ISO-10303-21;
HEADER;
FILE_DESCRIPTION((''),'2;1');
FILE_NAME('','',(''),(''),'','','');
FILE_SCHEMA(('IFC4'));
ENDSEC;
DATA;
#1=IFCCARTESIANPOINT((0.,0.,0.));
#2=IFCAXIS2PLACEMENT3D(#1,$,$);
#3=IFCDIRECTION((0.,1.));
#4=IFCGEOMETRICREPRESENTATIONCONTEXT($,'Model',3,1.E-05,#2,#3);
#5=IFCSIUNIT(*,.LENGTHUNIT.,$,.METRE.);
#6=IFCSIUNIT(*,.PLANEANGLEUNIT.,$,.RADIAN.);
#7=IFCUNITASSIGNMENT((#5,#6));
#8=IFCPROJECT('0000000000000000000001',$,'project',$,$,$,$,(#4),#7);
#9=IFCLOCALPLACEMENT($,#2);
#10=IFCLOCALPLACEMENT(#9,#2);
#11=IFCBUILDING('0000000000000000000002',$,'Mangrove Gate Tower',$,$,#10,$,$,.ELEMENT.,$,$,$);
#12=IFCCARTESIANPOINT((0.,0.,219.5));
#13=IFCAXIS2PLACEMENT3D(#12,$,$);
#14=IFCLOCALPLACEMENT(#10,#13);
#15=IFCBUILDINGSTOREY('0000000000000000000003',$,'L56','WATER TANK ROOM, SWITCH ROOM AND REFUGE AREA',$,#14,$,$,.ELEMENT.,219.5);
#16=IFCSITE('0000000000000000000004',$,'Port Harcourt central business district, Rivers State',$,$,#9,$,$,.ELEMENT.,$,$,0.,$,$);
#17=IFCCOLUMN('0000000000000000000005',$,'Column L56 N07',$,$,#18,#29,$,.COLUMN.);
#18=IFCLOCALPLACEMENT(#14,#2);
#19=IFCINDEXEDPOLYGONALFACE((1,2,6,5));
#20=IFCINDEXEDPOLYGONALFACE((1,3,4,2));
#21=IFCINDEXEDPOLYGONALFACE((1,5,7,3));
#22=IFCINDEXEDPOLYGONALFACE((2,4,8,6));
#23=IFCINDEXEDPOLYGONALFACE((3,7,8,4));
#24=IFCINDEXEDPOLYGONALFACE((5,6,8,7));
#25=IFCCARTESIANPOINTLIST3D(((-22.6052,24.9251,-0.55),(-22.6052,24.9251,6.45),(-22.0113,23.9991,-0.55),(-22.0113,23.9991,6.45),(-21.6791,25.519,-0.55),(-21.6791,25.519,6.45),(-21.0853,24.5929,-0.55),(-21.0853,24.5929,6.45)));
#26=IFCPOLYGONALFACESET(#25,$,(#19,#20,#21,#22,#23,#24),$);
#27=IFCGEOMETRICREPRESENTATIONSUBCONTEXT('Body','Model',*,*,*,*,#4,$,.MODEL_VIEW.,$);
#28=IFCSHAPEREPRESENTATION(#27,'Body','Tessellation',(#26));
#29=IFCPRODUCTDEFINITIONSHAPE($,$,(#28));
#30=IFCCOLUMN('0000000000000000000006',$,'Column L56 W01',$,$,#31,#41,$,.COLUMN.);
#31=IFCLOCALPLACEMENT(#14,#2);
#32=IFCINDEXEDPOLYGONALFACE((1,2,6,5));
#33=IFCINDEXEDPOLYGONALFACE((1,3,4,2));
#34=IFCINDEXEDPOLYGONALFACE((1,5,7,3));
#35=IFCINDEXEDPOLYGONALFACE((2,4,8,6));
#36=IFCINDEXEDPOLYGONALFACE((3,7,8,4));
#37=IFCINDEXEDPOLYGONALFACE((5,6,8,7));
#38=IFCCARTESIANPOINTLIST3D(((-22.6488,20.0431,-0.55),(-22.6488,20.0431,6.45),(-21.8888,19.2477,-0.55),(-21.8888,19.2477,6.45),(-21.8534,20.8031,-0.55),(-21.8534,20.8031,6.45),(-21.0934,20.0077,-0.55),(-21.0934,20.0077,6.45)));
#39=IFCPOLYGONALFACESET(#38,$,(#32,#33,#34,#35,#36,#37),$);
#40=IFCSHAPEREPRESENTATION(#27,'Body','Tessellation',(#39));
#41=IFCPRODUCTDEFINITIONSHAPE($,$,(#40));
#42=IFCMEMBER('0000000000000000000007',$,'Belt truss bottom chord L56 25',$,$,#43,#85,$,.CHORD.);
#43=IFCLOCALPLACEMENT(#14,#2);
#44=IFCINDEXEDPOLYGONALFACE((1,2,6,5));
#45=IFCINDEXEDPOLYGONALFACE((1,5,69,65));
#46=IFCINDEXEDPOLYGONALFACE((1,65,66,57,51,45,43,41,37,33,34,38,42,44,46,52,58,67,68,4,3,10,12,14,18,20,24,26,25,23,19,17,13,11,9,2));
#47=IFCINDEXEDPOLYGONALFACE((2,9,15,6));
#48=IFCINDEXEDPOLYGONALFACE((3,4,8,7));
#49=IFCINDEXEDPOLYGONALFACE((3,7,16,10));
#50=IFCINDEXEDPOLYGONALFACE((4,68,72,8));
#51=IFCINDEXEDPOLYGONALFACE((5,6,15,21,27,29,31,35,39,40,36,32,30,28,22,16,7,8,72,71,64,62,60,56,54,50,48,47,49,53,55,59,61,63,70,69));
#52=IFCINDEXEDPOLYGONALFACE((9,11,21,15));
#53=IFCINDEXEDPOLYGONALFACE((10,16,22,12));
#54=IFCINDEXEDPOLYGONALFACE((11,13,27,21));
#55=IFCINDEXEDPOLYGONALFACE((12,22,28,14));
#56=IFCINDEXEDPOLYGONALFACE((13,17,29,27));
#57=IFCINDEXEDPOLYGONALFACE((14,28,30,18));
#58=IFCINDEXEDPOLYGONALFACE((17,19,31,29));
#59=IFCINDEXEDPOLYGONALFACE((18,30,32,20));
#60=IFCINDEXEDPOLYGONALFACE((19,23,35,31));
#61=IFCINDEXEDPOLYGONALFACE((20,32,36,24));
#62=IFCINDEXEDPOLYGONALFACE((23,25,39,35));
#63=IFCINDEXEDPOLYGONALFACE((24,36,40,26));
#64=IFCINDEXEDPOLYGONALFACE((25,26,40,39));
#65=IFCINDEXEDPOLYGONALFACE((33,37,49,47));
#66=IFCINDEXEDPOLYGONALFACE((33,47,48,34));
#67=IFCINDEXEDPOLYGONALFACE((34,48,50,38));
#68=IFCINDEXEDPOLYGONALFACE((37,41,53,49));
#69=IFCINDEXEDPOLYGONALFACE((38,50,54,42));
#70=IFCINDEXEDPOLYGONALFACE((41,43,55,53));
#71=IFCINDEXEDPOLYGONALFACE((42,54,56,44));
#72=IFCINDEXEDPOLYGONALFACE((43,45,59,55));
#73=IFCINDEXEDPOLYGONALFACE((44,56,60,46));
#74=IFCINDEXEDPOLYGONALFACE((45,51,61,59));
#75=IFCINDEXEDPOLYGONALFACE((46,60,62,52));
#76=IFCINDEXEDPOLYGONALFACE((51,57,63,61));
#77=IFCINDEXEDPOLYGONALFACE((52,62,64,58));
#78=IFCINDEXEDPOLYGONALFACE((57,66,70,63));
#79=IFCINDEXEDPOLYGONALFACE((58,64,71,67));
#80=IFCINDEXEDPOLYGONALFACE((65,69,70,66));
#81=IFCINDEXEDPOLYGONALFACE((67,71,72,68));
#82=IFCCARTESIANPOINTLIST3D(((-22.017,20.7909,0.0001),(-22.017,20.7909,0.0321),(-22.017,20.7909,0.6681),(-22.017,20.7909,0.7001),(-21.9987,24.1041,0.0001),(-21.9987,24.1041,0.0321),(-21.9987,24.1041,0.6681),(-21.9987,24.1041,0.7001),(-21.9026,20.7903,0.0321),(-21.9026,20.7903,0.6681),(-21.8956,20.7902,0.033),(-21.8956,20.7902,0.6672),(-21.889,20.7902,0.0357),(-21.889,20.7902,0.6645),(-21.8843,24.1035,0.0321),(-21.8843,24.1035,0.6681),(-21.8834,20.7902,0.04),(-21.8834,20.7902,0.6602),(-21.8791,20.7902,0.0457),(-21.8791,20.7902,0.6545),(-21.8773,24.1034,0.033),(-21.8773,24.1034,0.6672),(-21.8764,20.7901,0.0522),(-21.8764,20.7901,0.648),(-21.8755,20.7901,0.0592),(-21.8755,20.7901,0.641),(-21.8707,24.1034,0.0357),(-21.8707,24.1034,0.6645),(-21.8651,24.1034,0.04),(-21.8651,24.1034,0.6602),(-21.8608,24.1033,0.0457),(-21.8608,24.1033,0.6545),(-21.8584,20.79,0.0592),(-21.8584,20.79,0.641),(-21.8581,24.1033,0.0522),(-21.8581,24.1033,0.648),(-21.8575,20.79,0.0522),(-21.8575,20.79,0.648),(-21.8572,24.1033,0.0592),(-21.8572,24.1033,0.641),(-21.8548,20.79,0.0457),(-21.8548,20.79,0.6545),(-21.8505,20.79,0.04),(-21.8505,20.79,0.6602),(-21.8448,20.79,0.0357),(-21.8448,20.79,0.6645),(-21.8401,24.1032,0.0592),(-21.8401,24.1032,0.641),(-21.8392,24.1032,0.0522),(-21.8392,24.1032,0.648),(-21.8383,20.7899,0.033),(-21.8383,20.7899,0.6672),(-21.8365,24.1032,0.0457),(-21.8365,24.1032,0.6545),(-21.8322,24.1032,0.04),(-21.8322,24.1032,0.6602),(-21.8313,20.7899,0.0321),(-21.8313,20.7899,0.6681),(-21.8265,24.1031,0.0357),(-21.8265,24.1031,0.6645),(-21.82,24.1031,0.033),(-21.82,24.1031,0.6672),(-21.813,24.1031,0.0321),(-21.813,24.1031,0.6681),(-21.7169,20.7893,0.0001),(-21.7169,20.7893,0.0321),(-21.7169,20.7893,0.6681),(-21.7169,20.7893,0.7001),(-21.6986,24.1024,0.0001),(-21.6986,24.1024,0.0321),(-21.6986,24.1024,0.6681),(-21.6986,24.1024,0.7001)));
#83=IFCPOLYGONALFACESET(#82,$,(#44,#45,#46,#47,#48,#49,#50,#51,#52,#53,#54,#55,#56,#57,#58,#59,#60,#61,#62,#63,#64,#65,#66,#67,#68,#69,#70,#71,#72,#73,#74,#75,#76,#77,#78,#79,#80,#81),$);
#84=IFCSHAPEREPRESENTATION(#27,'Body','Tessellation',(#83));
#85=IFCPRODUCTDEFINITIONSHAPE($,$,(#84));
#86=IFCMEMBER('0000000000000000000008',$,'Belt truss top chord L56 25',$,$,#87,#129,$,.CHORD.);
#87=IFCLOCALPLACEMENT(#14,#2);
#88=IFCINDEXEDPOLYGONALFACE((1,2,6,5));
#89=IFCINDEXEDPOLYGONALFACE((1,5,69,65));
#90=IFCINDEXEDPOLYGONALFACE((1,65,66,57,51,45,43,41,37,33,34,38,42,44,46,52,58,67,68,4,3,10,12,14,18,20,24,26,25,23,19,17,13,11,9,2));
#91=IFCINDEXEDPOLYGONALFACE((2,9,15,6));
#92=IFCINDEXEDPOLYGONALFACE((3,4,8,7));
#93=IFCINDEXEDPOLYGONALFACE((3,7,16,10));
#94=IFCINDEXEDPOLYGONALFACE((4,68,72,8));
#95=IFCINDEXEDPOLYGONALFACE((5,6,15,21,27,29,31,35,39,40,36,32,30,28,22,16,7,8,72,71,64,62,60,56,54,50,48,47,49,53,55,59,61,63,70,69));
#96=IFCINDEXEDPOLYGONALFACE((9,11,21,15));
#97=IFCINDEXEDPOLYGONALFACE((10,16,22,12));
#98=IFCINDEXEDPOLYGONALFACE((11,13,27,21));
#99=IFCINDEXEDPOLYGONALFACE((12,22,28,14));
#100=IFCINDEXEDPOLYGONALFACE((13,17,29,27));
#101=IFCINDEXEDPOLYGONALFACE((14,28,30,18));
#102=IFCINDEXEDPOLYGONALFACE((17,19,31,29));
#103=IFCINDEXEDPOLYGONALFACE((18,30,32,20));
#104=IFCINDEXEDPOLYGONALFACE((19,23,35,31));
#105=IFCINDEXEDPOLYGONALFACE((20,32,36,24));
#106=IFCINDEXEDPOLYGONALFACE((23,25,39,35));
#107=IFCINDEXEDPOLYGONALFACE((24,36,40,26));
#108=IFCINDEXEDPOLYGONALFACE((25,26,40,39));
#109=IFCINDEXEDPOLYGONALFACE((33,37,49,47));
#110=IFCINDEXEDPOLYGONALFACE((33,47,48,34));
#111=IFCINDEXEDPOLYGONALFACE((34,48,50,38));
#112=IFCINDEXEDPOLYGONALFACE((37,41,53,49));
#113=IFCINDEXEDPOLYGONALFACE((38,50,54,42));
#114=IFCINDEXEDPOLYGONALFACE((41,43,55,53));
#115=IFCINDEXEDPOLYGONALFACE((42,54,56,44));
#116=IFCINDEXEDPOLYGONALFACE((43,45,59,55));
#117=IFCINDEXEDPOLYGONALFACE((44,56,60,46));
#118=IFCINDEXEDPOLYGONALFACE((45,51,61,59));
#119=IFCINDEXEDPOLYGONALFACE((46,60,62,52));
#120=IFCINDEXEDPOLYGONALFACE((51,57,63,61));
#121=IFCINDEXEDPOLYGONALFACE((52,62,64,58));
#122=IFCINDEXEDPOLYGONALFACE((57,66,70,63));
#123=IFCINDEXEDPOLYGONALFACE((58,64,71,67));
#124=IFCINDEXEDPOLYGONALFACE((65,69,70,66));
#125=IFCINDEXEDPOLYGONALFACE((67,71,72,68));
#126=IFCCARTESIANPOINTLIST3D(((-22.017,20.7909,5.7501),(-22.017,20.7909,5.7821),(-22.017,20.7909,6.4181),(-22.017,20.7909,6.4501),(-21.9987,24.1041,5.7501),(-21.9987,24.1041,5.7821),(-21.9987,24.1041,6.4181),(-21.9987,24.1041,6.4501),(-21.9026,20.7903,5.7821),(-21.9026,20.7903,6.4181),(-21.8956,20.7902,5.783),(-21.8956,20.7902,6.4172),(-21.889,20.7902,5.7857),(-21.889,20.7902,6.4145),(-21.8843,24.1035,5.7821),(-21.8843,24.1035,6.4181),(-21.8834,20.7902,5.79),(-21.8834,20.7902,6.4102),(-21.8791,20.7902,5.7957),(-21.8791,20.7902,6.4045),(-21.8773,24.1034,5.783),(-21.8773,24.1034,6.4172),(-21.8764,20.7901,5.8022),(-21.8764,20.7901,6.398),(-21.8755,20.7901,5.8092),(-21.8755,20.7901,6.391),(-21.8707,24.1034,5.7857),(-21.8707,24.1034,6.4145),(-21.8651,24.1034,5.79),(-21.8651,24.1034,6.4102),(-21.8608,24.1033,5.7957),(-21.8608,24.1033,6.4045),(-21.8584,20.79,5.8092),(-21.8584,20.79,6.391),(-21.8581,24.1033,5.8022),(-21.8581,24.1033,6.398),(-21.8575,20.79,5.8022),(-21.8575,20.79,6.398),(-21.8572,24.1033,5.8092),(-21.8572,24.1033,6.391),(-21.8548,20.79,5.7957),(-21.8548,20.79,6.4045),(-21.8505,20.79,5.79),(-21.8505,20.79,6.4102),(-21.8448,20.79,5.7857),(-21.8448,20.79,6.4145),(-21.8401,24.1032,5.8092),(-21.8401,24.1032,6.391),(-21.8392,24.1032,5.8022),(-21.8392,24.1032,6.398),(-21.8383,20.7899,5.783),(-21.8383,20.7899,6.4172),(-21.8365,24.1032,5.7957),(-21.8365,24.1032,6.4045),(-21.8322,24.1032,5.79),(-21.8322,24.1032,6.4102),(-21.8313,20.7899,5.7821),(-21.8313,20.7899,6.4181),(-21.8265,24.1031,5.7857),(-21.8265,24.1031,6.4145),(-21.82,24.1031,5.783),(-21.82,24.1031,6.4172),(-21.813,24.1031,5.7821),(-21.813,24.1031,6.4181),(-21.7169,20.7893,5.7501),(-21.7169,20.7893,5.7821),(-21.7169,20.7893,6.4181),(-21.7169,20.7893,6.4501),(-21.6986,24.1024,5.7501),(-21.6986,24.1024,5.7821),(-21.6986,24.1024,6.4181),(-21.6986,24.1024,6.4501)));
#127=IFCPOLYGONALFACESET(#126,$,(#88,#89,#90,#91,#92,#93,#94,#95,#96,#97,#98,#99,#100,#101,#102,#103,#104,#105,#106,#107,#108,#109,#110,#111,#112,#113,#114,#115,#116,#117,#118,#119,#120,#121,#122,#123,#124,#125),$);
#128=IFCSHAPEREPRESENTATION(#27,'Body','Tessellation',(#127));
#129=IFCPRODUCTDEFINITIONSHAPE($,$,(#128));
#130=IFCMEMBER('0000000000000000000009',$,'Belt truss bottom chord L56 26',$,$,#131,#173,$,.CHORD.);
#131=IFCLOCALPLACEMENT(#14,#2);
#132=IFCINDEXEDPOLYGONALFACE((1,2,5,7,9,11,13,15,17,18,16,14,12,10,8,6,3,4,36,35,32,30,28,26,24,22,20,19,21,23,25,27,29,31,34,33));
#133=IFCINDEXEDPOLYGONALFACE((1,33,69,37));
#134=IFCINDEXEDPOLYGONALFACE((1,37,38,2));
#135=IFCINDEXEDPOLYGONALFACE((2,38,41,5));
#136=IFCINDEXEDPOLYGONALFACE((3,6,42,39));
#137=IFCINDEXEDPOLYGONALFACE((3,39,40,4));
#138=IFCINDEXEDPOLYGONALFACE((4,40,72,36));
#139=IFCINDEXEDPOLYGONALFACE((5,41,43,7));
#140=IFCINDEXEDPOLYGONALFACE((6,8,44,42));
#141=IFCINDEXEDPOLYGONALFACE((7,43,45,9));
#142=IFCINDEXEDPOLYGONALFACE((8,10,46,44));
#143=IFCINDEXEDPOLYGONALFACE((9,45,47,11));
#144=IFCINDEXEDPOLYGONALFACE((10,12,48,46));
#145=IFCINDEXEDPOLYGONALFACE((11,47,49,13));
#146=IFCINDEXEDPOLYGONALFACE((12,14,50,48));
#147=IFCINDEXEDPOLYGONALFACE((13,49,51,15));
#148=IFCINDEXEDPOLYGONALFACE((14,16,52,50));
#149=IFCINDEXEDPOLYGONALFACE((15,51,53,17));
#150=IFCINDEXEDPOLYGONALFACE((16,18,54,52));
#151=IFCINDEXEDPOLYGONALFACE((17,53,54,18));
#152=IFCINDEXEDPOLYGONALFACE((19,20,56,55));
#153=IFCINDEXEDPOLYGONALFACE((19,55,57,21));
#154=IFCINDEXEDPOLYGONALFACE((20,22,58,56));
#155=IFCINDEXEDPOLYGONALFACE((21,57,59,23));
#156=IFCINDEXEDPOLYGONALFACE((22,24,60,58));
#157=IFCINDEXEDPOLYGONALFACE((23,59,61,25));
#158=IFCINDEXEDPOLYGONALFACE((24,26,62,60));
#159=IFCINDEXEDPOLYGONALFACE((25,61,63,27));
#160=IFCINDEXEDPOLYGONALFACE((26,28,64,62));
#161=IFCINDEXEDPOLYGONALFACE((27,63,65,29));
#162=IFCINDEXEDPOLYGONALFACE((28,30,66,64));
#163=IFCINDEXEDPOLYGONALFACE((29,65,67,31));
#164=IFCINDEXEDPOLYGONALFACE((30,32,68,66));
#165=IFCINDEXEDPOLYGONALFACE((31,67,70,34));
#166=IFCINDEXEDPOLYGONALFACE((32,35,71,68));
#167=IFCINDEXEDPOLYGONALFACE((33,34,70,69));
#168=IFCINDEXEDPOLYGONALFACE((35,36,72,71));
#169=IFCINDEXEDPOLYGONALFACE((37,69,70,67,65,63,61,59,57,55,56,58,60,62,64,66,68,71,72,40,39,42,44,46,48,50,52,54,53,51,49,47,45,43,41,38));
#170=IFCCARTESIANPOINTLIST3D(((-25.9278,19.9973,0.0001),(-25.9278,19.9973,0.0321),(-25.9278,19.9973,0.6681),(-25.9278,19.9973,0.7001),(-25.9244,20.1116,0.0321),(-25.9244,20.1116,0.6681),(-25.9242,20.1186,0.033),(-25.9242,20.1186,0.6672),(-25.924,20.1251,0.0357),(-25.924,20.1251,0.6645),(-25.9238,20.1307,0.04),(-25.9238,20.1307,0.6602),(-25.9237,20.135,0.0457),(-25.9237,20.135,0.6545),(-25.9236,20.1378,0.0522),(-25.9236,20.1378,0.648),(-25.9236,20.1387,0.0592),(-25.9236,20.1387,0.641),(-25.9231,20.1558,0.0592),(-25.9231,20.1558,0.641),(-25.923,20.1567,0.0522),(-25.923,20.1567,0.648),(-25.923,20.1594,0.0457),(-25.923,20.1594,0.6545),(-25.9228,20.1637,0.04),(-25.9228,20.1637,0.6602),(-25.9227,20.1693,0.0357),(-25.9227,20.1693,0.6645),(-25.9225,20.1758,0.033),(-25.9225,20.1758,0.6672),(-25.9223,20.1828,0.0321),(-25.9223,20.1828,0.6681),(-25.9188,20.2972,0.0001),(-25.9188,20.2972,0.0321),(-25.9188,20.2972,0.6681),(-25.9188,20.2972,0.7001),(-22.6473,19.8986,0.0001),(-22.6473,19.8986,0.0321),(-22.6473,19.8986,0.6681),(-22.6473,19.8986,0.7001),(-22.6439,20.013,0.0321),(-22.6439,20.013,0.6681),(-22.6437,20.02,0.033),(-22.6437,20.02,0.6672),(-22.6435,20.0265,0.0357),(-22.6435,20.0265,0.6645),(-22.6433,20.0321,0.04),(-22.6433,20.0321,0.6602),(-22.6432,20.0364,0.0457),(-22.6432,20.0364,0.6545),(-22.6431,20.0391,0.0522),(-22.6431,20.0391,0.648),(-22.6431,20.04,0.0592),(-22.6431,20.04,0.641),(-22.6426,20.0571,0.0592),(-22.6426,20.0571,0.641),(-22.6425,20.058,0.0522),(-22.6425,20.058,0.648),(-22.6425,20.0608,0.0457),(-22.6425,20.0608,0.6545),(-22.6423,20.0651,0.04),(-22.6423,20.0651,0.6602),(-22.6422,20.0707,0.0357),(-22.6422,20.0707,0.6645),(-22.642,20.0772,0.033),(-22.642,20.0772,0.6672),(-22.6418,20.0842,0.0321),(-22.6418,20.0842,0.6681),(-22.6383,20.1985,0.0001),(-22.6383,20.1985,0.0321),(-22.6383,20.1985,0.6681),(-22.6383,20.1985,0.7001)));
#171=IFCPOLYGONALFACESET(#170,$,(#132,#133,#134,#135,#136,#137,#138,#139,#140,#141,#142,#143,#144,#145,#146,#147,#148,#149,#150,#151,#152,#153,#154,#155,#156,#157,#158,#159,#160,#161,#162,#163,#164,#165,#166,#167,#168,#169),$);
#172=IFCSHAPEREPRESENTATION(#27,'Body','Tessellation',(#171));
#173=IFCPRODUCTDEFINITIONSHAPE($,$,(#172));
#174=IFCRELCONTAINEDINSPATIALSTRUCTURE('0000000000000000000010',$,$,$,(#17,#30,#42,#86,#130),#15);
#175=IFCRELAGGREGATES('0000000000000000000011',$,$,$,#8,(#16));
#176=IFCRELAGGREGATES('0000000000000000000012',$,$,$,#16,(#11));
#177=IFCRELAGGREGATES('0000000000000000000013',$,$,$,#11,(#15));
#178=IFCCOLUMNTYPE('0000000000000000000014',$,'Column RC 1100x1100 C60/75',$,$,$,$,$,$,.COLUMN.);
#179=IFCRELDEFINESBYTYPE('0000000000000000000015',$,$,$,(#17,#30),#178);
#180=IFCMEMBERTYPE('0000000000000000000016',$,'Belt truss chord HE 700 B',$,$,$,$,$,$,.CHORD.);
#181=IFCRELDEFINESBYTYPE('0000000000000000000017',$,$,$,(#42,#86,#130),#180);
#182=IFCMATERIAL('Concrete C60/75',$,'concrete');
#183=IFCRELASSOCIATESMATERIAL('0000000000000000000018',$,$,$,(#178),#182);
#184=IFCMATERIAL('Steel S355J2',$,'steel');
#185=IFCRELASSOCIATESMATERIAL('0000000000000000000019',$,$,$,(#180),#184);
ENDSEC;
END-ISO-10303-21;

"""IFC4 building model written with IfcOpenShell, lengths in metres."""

from ifc_helpers import new_model, si_unit, direction, frame, origin, origin_2d, place, context, subcontext, project, spatial, rectangle, i_section, extrude, material, material_profile, profile_set, type_object, element, save


model = new_model("IFC4")

# Units and contexts
model_context = context("Model", 3, precision=1e-05, world=origin(), true_north=direction((0.0, 1.0)))
body_context = subcontext(model_context, "Body", "Model", "MODEL_VIEW")
ifc_project = project(units=[si_unit("LENGTHUNIT", "METRE"), si_unit("PLANEANGLEUNIT", "RADIAN")], contexts=[model_context])

# Site, building, storey
site_placement = place(None, origin())
site = spatial("IfcSite", under=ifc_project, at=site_placement, Name="Port Harcourt central business district, Rivers State", CompositionType="ELEMENT", RefElevation=0.0)
building_placement = place(site_placement, origin())
building = spatial("IfcBuilding", under=site, at=building_placement, Name="Mangrove Gate Tower", CompositionType="ELEMENT")
storey_placement = place(building_placement, frame((0.0, 0.0, 219.5)))
storey = spatial("IfcBuildingStorey", under=building, at=storey_placement, Name="L56", Description="WATER TANK ROOM, SWITCH ROOM AND REFUGE AREA", CompositionType="ELEMENT", Elevation=219.5)

# Columns
ifc_material_1 = material(Name="Concrete C60/75", Category="concrete")
ifc_material_profile_1 = material_profile(ifc_material_1, rectangle(XDim=1.1001, YDim=1.1001, at=origin_2d()))
ifc_profile_set_1 = profile_set([ifc_material_profile_1], Name="Concrete C60/75")
column_type = type_object("IfcColumnType", Name="Column RC 1100x1100 C60/75", PredefinedType="COLUMN", material=ifc_profile_set_1)
for number, where, z_axis, x_axis, name in (
    (1, (-21.8452, 24.759, -0.55), (0.0, 0.0, 1.0), (-0.841787, -0.53981, 0.0), "Column L56 N07"),
    (2, (-21.8711, 20.0254, -0.55), (0.0, 0.0, 1.0), (-0.722981, -0.690868, 0.0), "Column L56 W01"),
):
    element("IfcColumn", number, at=place(storey_placement, frame(where, z_axis=z_axis, x_axis=x_axis)), inside=storey, type_object=column_type, Name=name, PredefinedType="COLUMN", context=body_context, shape_type="SweptSolid", body=[
        extrude(rectangle(XDim=1.1001, YDim=1.1001, at=origin_2d()), origin(), (0.0, 0.0, 1.0), 7.0),
    ])

# Members
ifc_material_2 = material(Name="Steel S355J2", Category="steel")
ifc_material_profile_2 = material_profile(ifc_material_2, i_section(OverallWidth=0.3, OverallDepth=0.7, WebThickness=0.0171, FlangeThickness=0.032, FilletRadius=0.0271, at=origin_2d()))
ifc_profile_set_2 = profile_set([ifc_material_profile_2], Name="Steel S355J2")
member_type_1 = type_object("IfcMemberType", Name="Belt truss chord HE 700 B", PredefinedType="CHORD", material=ifc_profile_set_2)
for number, where, z_axis, x_axis, name in (
    (3, (-21.8486, 24.1033, 0.3501), (-0.005526, -0.999985, 0.0), (0.999985, -0.005526, 0.0), "Belt truss bottom chord L56 25"),
    (4, (-21.8486, 24.1033, 6.1001), (-0.005526, -0.999985, 0.0), (0.999985, -0.005526, 0.0), "Belt truss top chord L56 25"),
):
    element("IfcMember", number, at=place(storey_placement, frame(where, z_axis=z_axis, x_axis=x_axis)), inside=storey, type_object=member_type_1, Name=name, PredefinedType="CHORD", context=body_context, shape_type="SweptSolid", body=[
        extrude(i_section(OverallWidth=0.3, OverallDepth=0.7, WebThickness=0.0171, FlangeThickness=0.032, FilletRadius=0.0271, at=origin_2d()), origin(), (0.0, 0.0, 1.0), 3.3132),
    ])
for number, where, z_axis, x_axis, name in (
    (5, (-22.6428, 20.0486, 0.3501), (-0.999548, 0.030053, 0.0), (-0.030053, -0.999548, 0.0), "Belt truss bottom chord L56 26"),
):
    element("IfcMember", number, at=place(storey_placement, frame(where, z_axis=z_axis, x_axis=x_axis)), inside=storey, type_object=member_type_1, Name=name, PredefinedType="CHORD", context=body_context, shape_type="SweptSolid", body=[
        extrude(i_section(OverallWidth=0.3, OverallDepth=0.7, WebThickness=0.0171, FlangeThickness=0.032, FilletRadius=0.0271, at=origin_2d()), origin(), (0.0, 0.0, 1.0), 3.282),
    ])

save(model, "model.ifc")
